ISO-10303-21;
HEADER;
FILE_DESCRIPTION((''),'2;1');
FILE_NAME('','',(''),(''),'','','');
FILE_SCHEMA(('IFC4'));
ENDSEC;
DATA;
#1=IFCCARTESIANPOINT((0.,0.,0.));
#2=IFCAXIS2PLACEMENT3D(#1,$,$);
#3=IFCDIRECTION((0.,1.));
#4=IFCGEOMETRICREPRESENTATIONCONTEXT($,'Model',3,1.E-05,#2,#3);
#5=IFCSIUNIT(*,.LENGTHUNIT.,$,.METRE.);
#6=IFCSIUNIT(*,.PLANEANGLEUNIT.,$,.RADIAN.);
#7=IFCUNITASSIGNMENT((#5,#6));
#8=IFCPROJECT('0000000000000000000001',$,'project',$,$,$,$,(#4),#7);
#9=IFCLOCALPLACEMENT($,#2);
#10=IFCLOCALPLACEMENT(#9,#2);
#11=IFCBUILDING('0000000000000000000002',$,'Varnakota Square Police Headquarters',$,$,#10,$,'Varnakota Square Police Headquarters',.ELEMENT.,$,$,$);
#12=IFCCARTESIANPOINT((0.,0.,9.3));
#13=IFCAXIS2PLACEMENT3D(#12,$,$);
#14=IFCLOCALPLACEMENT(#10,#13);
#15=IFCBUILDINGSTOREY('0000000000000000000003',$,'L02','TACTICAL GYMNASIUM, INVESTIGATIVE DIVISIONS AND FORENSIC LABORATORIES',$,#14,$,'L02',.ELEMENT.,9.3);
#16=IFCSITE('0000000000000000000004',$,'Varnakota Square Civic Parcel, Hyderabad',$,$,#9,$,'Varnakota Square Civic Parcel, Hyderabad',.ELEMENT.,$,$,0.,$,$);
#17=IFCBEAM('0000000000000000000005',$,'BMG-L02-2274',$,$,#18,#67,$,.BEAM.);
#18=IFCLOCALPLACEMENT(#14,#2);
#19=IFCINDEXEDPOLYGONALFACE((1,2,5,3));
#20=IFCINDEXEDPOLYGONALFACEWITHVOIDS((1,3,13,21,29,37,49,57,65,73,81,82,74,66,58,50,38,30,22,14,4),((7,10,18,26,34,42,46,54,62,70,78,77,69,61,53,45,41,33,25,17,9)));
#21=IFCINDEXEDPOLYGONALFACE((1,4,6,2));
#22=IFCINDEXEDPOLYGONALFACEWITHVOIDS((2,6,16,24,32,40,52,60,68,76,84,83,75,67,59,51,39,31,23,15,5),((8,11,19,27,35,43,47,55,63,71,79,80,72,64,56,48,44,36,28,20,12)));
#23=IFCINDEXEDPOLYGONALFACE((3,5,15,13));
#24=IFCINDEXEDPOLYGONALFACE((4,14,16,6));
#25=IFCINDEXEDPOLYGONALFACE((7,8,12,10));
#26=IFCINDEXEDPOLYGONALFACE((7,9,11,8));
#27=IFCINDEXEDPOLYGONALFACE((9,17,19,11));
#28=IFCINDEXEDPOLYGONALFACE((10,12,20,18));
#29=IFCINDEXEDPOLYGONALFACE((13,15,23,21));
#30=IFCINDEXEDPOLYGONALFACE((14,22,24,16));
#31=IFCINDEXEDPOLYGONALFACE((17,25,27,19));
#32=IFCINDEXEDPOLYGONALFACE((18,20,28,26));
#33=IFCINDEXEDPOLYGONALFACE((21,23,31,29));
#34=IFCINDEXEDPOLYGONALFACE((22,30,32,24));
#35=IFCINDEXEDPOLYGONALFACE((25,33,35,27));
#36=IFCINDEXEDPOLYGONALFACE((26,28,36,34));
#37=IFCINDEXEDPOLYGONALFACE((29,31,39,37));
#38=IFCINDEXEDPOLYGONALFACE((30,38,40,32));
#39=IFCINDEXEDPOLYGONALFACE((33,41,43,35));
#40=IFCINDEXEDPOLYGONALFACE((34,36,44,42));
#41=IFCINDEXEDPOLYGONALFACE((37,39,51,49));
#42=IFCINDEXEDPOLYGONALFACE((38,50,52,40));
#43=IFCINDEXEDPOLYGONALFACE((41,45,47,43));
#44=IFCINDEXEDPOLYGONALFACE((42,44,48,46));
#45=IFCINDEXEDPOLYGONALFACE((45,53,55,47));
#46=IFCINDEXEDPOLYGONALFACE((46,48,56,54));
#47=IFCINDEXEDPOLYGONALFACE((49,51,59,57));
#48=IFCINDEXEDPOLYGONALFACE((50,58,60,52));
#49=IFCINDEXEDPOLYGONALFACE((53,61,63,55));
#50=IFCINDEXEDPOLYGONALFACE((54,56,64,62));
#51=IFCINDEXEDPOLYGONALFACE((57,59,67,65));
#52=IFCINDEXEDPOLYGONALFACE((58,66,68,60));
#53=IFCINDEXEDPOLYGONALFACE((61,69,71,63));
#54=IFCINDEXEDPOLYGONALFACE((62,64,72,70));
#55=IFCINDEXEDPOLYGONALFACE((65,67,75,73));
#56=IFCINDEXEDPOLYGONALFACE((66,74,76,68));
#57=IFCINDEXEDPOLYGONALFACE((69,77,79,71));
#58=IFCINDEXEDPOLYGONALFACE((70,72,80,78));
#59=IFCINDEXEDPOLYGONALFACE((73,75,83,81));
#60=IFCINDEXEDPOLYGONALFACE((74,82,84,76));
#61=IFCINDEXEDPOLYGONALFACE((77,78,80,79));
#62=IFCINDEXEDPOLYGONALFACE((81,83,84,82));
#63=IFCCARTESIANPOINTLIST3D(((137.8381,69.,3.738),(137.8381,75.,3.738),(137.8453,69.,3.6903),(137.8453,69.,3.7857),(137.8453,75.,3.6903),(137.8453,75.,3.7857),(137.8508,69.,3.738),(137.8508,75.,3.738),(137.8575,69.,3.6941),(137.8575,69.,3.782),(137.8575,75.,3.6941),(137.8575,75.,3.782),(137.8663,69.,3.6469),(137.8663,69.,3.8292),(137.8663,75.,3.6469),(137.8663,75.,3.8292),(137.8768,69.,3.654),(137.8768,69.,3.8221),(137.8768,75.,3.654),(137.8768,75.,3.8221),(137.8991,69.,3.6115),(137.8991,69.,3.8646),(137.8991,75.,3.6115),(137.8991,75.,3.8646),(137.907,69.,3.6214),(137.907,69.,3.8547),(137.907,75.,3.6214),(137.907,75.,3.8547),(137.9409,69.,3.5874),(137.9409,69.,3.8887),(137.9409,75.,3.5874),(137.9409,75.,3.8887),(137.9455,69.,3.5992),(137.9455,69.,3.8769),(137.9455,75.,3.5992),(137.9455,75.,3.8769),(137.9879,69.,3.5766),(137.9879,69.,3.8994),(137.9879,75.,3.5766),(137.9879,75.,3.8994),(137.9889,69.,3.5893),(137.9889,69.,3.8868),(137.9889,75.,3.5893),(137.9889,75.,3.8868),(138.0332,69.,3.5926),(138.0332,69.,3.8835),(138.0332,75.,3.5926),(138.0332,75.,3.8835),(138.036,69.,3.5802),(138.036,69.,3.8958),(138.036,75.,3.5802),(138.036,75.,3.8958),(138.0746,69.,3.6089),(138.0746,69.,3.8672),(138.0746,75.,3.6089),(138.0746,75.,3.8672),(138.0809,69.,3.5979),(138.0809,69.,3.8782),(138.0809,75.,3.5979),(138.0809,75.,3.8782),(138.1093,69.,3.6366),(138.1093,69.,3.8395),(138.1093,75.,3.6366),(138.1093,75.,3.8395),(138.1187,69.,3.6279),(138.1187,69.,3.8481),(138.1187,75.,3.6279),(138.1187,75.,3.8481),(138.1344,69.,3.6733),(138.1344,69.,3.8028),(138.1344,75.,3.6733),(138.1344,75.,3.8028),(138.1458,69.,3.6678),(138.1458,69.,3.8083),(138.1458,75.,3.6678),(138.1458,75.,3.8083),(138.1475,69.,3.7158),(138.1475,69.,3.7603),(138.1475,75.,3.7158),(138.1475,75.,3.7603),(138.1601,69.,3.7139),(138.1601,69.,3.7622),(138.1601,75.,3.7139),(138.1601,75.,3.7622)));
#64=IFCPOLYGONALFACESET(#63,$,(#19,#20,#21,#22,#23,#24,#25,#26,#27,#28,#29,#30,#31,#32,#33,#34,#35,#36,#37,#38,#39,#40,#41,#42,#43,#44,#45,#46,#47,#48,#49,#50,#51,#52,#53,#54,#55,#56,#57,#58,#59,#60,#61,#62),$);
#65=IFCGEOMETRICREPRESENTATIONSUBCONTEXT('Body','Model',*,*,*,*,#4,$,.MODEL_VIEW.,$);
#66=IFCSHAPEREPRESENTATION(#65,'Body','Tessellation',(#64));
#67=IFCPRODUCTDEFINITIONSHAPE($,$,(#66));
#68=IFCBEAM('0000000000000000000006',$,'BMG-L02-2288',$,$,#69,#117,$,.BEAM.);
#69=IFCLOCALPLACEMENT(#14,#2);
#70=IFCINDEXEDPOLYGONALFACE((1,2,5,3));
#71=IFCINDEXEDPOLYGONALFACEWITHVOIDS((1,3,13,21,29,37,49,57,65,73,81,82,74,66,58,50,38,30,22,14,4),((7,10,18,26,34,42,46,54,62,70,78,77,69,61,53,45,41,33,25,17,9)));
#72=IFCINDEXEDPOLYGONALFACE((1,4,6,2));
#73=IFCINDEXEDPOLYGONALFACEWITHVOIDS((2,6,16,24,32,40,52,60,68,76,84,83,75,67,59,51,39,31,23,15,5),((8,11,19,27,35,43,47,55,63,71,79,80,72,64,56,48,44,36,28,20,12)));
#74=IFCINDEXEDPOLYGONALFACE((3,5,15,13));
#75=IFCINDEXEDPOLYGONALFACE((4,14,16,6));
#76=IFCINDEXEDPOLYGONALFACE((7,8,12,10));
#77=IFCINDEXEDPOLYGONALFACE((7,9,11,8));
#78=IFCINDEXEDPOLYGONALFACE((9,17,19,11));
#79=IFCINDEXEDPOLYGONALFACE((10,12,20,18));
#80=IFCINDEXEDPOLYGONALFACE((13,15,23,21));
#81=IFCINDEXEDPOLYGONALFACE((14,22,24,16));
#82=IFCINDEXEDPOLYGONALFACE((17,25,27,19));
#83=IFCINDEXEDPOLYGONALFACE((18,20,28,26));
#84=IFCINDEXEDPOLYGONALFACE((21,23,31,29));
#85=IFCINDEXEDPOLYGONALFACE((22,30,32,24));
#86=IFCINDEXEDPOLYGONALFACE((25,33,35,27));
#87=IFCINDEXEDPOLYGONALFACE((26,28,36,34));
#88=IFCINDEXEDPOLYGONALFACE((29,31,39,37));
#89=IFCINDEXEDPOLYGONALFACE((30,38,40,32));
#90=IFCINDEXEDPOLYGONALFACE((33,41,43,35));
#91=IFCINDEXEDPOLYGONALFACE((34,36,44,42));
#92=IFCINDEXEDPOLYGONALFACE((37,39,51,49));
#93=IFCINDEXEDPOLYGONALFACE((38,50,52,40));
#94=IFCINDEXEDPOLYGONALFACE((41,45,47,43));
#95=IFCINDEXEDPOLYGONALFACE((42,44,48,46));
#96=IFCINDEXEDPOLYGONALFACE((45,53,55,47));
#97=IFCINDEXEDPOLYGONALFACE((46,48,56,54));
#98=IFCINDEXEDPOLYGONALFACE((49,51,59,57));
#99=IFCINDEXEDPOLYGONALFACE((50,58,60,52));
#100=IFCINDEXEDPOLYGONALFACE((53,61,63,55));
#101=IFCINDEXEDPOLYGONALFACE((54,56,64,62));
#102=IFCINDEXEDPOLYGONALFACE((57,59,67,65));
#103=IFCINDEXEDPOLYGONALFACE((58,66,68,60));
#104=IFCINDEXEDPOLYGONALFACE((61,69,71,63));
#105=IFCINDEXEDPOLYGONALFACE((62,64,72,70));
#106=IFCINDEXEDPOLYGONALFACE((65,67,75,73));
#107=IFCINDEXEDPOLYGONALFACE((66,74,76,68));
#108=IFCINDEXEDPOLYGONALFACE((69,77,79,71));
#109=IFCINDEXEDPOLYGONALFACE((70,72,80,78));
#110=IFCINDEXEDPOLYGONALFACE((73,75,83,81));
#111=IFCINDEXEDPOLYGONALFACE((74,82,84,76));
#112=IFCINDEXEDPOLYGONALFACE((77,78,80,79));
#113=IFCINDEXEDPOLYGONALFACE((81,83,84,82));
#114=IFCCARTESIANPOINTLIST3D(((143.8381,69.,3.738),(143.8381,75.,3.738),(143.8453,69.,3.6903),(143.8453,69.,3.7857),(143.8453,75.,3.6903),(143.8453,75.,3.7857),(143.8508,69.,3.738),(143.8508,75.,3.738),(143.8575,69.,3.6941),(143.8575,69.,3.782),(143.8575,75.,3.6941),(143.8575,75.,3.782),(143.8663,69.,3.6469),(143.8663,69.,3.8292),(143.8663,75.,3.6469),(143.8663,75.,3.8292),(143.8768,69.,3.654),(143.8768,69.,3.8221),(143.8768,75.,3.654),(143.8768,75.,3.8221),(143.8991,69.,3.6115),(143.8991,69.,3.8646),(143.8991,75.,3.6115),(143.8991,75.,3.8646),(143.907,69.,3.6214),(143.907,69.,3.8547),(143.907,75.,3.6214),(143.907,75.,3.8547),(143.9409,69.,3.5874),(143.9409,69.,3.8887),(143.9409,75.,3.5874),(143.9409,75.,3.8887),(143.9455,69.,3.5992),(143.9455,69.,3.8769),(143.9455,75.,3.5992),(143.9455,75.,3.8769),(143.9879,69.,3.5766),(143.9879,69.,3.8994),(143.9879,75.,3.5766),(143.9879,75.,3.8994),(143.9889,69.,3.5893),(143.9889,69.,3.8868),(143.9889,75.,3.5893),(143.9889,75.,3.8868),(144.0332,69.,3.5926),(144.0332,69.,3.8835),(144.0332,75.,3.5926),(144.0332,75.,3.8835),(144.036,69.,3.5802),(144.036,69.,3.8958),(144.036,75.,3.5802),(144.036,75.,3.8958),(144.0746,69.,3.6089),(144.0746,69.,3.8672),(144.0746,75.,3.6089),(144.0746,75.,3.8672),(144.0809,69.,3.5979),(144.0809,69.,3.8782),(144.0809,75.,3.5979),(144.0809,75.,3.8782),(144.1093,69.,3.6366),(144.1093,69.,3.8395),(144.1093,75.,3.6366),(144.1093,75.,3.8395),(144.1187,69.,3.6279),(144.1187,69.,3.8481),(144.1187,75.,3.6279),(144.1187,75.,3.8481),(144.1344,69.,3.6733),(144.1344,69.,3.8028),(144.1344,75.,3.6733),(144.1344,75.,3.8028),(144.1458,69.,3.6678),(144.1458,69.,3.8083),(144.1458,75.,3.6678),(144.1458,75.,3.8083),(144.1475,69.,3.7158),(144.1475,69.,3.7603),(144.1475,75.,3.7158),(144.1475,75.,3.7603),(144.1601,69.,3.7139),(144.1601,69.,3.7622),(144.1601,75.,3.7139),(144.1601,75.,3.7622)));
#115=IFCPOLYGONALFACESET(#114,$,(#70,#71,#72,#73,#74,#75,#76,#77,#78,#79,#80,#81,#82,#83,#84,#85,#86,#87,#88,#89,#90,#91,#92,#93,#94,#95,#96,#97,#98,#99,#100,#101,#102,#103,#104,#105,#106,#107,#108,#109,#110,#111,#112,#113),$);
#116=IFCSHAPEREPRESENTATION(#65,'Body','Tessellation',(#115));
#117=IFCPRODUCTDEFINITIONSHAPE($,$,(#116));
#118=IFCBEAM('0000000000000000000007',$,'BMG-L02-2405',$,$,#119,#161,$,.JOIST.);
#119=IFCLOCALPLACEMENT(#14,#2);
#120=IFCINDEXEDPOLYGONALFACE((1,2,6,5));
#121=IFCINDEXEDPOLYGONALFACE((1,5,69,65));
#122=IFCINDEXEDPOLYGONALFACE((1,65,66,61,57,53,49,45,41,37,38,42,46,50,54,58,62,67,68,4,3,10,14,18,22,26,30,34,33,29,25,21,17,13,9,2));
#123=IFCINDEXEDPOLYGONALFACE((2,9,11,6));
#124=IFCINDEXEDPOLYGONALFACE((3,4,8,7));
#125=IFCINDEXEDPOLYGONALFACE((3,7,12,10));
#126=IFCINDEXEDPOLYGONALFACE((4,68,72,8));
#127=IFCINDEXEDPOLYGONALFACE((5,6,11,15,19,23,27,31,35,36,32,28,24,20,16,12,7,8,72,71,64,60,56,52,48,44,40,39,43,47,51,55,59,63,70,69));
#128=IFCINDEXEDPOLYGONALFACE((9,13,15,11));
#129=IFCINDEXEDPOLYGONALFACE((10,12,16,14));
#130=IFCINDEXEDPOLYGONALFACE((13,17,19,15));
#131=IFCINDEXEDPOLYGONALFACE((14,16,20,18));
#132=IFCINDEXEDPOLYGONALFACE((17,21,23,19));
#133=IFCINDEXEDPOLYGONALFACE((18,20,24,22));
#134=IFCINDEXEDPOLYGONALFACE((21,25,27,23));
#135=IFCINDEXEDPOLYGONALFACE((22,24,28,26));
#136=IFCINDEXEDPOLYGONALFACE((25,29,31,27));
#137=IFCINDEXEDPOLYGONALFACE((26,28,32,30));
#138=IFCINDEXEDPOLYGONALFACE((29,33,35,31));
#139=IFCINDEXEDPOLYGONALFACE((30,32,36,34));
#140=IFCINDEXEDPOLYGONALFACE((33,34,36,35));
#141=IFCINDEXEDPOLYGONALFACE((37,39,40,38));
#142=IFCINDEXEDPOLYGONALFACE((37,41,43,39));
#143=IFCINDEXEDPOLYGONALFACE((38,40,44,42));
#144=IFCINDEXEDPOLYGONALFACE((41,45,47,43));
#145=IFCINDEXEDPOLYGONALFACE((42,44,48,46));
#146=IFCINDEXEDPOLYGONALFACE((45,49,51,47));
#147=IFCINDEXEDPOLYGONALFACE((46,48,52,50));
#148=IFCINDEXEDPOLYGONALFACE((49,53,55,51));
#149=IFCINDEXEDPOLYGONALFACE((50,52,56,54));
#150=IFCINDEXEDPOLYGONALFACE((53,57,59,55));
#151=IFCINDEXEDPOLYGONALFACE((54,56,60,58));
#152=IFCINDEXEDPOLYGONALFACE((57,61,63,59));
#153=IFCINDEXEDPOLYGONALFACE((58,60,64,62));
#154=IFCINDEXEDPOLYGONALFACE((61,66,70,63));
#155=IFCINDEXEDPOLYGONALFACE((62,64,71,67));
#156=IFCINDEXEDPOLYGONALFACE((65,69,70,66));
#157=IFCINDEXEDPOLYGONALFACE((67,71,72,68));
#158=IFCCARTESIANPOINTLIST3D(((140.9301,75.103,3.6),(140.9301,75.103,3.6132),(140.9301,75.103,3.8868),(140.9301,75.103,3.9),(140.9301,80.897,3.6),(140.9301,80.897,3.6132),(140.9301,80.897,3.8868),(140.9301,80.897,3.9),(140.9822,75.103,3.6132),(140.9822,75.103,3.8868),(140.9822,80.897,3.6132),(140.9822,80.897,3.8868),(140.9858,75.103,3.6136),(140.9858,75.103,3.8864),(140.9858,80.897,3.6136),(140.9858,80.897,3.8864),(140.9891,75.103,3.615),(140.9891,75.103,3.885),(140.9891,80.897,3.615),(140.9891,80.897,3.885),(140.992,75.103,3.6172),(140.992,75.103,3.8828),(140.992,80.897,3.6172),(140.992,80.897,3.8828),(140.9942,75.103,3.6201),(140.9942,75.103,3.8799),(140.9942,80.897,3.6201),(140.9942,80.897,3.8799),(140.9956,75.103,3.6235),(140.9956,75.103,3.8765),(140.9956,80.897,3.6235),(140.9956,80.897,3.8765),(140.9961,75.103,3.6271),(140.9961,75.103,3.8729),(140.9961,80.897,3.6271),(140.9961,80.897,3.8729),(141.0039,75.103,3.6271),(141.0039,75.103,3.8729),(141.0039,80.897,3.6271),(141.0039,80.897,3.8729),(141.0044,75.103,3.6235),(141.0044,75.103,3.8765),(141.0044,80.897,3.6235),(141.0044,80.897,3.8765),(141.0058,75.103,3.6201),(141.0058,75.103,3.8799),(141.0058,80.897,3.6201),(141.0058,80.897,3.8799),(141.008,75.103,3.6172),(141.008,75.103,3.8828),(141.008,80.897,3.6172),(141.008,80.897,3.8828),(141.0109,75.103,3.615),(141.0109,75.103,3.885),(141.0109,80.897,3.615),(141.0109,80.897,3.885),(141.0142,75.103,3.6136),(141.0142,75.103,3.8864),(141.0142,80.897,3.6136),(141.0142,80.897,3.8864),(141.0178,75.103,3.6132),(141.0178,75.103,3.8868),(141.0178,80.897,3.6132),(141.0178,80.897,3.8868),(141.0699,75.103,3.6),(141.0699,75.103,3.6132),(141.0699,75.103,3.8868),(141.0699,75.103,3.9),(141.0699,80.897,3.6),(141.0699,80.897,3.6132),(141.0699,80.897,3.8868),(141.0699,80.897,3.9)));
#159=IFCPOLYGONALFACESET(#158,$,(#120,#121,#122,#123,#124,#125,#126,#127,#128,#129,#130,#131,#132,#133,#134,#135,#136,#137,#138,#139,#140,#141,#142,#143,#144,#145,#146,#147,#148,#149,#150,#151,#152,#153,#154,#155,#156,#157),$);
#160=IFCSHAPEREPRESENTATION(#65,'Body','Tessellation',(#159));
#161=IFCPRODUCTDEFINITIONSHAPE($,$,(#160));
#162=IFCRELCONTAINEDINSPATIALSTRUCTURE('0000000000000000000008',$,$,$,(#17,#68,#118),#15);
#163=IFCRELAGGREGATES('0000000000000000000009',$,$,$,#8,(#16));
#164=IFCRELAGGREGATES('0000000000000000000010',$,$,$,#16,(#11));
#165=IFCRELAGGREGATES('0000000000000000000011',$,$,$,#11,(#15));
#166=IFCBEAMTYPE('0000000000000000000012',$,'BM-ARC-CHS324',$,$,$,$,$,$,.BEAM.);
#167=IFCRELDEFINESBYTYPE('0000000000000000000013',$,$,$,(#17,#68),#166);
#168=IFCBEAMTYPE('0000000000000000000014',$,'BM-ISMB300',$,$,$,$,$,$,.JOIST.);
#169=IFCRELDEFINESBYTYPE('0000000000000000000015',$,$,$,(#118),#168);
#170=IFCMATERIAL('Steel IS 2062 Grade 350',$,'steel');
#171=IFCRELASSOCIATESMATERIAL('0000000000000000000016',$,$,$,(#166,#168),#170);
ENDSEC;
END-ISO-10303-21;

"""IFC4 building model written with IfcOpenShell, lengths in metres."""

from ifc_helpers import new_model, si_unit, direction, frame, origin, origin_2d, place, context, subcontext, project, spatial, hollow_circle, i_section, extrude, material, material_profile, profile_set, type_object, element, save


model = new_model("IFC4")

# Units and contexts
model_context = context("Model", 3, precision=1e-05, world=origin(), true_north=direction((0.0, 1.0)))
body_context = subcontext(model_context, "Body", "Model", "MODEL_VIEW")
ifc_project = project(units=[si_unit("LENGTHUNIT", "METRE"), si_unit("PLANEANGLEUNIT", "RADIAN")], contexts=[model_context])

# Site, building, storey
site_placement = place(None, origin())
site = spatial("IfcSite", under=ifc_project, at=site_placement, Name="Varnakota Square Civic Parcel, Hyderabad", LongName="Varnakota Square Civic Parcel, Hyderabad", CompositionType="ELEMENT", RefElevation=0.0)
building_placement = place(site_placement, origin())
building = spatial("IfcBuilding", under=site, at=building_placement, Name="Varnakota Square Police Headquarters", LongName="Varnakota Square Police Headquarters", CompositionType="ELEMENT")
storey_placement = place(building_placement, frame((0.0, 0.0, 9.3)))
storey = spatial("IfcBuildingStorey", under=building, at=storey_placement, Name="L02", Description="TACTICAL GYMNASIUM, INVESTIGATIVE DIVISIONS AND FORENSIC LABORATORIES", LongName="L02", CompositionType="ELEMENT", Elevation=9.3)

# Shared definitions
ifc_material_1 = material(Name="Steel IS 2062 Grade 350", Category="steel")

# Beams
ifc_material_profile_1 = material_profile(ifc_material_1, hollow_circle(Radius=0.1619, WallThickness=0.0127, at=origin_2d()), Name="CHS 323.9x12.7")
ifc_profile_set_1 = profile_set([ifc_material_profile_1], Name="Steel IS 2062 Grade 350")
beam_type_1 = type_object("IfcBeamType", Name="BM-ARC-CHS324", PredefinedType="BEAM", material=ifc_profile_set_1)
for number, where, z_axis, x_axis, name in (
    (1, (138.0, 69.0, 3.738), (0.0, 1.0, 0.0), (-1.0, 0.0, 0.0), "BMG-L02-2274"),
    (2, (144.0, 69.0, 3.738), (0.0, 1.0, 0.0), (-1.0, 0.0, 0.0), "BMG-L02-2288"),
):
    element("IfcBeam", number, at=place(storey_placement, frame(where, z_axis=z_axis, x_axis=x_axis)), inside=storey, type_object=beam_type_1, Name=name, PredefinedType="BEAM", context=body_context, shape_type="SweptSolid", body=[
        extrude(hollow_circle(Radius=0.1619, WallThickness=0.0127, at=origin_2d()), origin(), (0.0, 0.0, 1.0), 6.0),
    ])
ifc_material_profile_2 = material_profile(ifc_material_1, i_section(OverallWidth=0.1399, OverallDepth=0.3, WebThickness=0.0078, FlangeThickness=0.0132, FilletRadius=0.0139, at=origin_2d()), Name="ISMB 300")
ifc_profile_set_2 = profile_set([ifc_material_profile_2], Name="Steel IS 2062 Grade 350")
beam_type_2 = type_object("IfcBeamType", Name="BM-ISMB300", PredefinedType="JOIST", material=ifc_profile_set_2)
beam_1_placement = place(storey_placement, frame((141.0, 75.103, 3.75), z_axis=(0.0, 1.0, 0.0), x_axis=(-1.0, 0.0, 0.0)))
element("IfcBeam", 3, at=beam_1_placement, inside=storey, type_object=beam_type_2, Name="BMG-L02-2405", PredefinedType="JOIST", context=body_context, shape_type="SweptSolid", body=[
    extrude(i_section(OverallWidth=0.1399, OverallDepth=0.3, WebThickness=0.0078, FlangeThickness=0.0132, FilletRadius=0.0139, at=origin_2d()), origin(), (0.0, 0.0, 1.0), 5.7939),
])

save(model, "model.ifc")
